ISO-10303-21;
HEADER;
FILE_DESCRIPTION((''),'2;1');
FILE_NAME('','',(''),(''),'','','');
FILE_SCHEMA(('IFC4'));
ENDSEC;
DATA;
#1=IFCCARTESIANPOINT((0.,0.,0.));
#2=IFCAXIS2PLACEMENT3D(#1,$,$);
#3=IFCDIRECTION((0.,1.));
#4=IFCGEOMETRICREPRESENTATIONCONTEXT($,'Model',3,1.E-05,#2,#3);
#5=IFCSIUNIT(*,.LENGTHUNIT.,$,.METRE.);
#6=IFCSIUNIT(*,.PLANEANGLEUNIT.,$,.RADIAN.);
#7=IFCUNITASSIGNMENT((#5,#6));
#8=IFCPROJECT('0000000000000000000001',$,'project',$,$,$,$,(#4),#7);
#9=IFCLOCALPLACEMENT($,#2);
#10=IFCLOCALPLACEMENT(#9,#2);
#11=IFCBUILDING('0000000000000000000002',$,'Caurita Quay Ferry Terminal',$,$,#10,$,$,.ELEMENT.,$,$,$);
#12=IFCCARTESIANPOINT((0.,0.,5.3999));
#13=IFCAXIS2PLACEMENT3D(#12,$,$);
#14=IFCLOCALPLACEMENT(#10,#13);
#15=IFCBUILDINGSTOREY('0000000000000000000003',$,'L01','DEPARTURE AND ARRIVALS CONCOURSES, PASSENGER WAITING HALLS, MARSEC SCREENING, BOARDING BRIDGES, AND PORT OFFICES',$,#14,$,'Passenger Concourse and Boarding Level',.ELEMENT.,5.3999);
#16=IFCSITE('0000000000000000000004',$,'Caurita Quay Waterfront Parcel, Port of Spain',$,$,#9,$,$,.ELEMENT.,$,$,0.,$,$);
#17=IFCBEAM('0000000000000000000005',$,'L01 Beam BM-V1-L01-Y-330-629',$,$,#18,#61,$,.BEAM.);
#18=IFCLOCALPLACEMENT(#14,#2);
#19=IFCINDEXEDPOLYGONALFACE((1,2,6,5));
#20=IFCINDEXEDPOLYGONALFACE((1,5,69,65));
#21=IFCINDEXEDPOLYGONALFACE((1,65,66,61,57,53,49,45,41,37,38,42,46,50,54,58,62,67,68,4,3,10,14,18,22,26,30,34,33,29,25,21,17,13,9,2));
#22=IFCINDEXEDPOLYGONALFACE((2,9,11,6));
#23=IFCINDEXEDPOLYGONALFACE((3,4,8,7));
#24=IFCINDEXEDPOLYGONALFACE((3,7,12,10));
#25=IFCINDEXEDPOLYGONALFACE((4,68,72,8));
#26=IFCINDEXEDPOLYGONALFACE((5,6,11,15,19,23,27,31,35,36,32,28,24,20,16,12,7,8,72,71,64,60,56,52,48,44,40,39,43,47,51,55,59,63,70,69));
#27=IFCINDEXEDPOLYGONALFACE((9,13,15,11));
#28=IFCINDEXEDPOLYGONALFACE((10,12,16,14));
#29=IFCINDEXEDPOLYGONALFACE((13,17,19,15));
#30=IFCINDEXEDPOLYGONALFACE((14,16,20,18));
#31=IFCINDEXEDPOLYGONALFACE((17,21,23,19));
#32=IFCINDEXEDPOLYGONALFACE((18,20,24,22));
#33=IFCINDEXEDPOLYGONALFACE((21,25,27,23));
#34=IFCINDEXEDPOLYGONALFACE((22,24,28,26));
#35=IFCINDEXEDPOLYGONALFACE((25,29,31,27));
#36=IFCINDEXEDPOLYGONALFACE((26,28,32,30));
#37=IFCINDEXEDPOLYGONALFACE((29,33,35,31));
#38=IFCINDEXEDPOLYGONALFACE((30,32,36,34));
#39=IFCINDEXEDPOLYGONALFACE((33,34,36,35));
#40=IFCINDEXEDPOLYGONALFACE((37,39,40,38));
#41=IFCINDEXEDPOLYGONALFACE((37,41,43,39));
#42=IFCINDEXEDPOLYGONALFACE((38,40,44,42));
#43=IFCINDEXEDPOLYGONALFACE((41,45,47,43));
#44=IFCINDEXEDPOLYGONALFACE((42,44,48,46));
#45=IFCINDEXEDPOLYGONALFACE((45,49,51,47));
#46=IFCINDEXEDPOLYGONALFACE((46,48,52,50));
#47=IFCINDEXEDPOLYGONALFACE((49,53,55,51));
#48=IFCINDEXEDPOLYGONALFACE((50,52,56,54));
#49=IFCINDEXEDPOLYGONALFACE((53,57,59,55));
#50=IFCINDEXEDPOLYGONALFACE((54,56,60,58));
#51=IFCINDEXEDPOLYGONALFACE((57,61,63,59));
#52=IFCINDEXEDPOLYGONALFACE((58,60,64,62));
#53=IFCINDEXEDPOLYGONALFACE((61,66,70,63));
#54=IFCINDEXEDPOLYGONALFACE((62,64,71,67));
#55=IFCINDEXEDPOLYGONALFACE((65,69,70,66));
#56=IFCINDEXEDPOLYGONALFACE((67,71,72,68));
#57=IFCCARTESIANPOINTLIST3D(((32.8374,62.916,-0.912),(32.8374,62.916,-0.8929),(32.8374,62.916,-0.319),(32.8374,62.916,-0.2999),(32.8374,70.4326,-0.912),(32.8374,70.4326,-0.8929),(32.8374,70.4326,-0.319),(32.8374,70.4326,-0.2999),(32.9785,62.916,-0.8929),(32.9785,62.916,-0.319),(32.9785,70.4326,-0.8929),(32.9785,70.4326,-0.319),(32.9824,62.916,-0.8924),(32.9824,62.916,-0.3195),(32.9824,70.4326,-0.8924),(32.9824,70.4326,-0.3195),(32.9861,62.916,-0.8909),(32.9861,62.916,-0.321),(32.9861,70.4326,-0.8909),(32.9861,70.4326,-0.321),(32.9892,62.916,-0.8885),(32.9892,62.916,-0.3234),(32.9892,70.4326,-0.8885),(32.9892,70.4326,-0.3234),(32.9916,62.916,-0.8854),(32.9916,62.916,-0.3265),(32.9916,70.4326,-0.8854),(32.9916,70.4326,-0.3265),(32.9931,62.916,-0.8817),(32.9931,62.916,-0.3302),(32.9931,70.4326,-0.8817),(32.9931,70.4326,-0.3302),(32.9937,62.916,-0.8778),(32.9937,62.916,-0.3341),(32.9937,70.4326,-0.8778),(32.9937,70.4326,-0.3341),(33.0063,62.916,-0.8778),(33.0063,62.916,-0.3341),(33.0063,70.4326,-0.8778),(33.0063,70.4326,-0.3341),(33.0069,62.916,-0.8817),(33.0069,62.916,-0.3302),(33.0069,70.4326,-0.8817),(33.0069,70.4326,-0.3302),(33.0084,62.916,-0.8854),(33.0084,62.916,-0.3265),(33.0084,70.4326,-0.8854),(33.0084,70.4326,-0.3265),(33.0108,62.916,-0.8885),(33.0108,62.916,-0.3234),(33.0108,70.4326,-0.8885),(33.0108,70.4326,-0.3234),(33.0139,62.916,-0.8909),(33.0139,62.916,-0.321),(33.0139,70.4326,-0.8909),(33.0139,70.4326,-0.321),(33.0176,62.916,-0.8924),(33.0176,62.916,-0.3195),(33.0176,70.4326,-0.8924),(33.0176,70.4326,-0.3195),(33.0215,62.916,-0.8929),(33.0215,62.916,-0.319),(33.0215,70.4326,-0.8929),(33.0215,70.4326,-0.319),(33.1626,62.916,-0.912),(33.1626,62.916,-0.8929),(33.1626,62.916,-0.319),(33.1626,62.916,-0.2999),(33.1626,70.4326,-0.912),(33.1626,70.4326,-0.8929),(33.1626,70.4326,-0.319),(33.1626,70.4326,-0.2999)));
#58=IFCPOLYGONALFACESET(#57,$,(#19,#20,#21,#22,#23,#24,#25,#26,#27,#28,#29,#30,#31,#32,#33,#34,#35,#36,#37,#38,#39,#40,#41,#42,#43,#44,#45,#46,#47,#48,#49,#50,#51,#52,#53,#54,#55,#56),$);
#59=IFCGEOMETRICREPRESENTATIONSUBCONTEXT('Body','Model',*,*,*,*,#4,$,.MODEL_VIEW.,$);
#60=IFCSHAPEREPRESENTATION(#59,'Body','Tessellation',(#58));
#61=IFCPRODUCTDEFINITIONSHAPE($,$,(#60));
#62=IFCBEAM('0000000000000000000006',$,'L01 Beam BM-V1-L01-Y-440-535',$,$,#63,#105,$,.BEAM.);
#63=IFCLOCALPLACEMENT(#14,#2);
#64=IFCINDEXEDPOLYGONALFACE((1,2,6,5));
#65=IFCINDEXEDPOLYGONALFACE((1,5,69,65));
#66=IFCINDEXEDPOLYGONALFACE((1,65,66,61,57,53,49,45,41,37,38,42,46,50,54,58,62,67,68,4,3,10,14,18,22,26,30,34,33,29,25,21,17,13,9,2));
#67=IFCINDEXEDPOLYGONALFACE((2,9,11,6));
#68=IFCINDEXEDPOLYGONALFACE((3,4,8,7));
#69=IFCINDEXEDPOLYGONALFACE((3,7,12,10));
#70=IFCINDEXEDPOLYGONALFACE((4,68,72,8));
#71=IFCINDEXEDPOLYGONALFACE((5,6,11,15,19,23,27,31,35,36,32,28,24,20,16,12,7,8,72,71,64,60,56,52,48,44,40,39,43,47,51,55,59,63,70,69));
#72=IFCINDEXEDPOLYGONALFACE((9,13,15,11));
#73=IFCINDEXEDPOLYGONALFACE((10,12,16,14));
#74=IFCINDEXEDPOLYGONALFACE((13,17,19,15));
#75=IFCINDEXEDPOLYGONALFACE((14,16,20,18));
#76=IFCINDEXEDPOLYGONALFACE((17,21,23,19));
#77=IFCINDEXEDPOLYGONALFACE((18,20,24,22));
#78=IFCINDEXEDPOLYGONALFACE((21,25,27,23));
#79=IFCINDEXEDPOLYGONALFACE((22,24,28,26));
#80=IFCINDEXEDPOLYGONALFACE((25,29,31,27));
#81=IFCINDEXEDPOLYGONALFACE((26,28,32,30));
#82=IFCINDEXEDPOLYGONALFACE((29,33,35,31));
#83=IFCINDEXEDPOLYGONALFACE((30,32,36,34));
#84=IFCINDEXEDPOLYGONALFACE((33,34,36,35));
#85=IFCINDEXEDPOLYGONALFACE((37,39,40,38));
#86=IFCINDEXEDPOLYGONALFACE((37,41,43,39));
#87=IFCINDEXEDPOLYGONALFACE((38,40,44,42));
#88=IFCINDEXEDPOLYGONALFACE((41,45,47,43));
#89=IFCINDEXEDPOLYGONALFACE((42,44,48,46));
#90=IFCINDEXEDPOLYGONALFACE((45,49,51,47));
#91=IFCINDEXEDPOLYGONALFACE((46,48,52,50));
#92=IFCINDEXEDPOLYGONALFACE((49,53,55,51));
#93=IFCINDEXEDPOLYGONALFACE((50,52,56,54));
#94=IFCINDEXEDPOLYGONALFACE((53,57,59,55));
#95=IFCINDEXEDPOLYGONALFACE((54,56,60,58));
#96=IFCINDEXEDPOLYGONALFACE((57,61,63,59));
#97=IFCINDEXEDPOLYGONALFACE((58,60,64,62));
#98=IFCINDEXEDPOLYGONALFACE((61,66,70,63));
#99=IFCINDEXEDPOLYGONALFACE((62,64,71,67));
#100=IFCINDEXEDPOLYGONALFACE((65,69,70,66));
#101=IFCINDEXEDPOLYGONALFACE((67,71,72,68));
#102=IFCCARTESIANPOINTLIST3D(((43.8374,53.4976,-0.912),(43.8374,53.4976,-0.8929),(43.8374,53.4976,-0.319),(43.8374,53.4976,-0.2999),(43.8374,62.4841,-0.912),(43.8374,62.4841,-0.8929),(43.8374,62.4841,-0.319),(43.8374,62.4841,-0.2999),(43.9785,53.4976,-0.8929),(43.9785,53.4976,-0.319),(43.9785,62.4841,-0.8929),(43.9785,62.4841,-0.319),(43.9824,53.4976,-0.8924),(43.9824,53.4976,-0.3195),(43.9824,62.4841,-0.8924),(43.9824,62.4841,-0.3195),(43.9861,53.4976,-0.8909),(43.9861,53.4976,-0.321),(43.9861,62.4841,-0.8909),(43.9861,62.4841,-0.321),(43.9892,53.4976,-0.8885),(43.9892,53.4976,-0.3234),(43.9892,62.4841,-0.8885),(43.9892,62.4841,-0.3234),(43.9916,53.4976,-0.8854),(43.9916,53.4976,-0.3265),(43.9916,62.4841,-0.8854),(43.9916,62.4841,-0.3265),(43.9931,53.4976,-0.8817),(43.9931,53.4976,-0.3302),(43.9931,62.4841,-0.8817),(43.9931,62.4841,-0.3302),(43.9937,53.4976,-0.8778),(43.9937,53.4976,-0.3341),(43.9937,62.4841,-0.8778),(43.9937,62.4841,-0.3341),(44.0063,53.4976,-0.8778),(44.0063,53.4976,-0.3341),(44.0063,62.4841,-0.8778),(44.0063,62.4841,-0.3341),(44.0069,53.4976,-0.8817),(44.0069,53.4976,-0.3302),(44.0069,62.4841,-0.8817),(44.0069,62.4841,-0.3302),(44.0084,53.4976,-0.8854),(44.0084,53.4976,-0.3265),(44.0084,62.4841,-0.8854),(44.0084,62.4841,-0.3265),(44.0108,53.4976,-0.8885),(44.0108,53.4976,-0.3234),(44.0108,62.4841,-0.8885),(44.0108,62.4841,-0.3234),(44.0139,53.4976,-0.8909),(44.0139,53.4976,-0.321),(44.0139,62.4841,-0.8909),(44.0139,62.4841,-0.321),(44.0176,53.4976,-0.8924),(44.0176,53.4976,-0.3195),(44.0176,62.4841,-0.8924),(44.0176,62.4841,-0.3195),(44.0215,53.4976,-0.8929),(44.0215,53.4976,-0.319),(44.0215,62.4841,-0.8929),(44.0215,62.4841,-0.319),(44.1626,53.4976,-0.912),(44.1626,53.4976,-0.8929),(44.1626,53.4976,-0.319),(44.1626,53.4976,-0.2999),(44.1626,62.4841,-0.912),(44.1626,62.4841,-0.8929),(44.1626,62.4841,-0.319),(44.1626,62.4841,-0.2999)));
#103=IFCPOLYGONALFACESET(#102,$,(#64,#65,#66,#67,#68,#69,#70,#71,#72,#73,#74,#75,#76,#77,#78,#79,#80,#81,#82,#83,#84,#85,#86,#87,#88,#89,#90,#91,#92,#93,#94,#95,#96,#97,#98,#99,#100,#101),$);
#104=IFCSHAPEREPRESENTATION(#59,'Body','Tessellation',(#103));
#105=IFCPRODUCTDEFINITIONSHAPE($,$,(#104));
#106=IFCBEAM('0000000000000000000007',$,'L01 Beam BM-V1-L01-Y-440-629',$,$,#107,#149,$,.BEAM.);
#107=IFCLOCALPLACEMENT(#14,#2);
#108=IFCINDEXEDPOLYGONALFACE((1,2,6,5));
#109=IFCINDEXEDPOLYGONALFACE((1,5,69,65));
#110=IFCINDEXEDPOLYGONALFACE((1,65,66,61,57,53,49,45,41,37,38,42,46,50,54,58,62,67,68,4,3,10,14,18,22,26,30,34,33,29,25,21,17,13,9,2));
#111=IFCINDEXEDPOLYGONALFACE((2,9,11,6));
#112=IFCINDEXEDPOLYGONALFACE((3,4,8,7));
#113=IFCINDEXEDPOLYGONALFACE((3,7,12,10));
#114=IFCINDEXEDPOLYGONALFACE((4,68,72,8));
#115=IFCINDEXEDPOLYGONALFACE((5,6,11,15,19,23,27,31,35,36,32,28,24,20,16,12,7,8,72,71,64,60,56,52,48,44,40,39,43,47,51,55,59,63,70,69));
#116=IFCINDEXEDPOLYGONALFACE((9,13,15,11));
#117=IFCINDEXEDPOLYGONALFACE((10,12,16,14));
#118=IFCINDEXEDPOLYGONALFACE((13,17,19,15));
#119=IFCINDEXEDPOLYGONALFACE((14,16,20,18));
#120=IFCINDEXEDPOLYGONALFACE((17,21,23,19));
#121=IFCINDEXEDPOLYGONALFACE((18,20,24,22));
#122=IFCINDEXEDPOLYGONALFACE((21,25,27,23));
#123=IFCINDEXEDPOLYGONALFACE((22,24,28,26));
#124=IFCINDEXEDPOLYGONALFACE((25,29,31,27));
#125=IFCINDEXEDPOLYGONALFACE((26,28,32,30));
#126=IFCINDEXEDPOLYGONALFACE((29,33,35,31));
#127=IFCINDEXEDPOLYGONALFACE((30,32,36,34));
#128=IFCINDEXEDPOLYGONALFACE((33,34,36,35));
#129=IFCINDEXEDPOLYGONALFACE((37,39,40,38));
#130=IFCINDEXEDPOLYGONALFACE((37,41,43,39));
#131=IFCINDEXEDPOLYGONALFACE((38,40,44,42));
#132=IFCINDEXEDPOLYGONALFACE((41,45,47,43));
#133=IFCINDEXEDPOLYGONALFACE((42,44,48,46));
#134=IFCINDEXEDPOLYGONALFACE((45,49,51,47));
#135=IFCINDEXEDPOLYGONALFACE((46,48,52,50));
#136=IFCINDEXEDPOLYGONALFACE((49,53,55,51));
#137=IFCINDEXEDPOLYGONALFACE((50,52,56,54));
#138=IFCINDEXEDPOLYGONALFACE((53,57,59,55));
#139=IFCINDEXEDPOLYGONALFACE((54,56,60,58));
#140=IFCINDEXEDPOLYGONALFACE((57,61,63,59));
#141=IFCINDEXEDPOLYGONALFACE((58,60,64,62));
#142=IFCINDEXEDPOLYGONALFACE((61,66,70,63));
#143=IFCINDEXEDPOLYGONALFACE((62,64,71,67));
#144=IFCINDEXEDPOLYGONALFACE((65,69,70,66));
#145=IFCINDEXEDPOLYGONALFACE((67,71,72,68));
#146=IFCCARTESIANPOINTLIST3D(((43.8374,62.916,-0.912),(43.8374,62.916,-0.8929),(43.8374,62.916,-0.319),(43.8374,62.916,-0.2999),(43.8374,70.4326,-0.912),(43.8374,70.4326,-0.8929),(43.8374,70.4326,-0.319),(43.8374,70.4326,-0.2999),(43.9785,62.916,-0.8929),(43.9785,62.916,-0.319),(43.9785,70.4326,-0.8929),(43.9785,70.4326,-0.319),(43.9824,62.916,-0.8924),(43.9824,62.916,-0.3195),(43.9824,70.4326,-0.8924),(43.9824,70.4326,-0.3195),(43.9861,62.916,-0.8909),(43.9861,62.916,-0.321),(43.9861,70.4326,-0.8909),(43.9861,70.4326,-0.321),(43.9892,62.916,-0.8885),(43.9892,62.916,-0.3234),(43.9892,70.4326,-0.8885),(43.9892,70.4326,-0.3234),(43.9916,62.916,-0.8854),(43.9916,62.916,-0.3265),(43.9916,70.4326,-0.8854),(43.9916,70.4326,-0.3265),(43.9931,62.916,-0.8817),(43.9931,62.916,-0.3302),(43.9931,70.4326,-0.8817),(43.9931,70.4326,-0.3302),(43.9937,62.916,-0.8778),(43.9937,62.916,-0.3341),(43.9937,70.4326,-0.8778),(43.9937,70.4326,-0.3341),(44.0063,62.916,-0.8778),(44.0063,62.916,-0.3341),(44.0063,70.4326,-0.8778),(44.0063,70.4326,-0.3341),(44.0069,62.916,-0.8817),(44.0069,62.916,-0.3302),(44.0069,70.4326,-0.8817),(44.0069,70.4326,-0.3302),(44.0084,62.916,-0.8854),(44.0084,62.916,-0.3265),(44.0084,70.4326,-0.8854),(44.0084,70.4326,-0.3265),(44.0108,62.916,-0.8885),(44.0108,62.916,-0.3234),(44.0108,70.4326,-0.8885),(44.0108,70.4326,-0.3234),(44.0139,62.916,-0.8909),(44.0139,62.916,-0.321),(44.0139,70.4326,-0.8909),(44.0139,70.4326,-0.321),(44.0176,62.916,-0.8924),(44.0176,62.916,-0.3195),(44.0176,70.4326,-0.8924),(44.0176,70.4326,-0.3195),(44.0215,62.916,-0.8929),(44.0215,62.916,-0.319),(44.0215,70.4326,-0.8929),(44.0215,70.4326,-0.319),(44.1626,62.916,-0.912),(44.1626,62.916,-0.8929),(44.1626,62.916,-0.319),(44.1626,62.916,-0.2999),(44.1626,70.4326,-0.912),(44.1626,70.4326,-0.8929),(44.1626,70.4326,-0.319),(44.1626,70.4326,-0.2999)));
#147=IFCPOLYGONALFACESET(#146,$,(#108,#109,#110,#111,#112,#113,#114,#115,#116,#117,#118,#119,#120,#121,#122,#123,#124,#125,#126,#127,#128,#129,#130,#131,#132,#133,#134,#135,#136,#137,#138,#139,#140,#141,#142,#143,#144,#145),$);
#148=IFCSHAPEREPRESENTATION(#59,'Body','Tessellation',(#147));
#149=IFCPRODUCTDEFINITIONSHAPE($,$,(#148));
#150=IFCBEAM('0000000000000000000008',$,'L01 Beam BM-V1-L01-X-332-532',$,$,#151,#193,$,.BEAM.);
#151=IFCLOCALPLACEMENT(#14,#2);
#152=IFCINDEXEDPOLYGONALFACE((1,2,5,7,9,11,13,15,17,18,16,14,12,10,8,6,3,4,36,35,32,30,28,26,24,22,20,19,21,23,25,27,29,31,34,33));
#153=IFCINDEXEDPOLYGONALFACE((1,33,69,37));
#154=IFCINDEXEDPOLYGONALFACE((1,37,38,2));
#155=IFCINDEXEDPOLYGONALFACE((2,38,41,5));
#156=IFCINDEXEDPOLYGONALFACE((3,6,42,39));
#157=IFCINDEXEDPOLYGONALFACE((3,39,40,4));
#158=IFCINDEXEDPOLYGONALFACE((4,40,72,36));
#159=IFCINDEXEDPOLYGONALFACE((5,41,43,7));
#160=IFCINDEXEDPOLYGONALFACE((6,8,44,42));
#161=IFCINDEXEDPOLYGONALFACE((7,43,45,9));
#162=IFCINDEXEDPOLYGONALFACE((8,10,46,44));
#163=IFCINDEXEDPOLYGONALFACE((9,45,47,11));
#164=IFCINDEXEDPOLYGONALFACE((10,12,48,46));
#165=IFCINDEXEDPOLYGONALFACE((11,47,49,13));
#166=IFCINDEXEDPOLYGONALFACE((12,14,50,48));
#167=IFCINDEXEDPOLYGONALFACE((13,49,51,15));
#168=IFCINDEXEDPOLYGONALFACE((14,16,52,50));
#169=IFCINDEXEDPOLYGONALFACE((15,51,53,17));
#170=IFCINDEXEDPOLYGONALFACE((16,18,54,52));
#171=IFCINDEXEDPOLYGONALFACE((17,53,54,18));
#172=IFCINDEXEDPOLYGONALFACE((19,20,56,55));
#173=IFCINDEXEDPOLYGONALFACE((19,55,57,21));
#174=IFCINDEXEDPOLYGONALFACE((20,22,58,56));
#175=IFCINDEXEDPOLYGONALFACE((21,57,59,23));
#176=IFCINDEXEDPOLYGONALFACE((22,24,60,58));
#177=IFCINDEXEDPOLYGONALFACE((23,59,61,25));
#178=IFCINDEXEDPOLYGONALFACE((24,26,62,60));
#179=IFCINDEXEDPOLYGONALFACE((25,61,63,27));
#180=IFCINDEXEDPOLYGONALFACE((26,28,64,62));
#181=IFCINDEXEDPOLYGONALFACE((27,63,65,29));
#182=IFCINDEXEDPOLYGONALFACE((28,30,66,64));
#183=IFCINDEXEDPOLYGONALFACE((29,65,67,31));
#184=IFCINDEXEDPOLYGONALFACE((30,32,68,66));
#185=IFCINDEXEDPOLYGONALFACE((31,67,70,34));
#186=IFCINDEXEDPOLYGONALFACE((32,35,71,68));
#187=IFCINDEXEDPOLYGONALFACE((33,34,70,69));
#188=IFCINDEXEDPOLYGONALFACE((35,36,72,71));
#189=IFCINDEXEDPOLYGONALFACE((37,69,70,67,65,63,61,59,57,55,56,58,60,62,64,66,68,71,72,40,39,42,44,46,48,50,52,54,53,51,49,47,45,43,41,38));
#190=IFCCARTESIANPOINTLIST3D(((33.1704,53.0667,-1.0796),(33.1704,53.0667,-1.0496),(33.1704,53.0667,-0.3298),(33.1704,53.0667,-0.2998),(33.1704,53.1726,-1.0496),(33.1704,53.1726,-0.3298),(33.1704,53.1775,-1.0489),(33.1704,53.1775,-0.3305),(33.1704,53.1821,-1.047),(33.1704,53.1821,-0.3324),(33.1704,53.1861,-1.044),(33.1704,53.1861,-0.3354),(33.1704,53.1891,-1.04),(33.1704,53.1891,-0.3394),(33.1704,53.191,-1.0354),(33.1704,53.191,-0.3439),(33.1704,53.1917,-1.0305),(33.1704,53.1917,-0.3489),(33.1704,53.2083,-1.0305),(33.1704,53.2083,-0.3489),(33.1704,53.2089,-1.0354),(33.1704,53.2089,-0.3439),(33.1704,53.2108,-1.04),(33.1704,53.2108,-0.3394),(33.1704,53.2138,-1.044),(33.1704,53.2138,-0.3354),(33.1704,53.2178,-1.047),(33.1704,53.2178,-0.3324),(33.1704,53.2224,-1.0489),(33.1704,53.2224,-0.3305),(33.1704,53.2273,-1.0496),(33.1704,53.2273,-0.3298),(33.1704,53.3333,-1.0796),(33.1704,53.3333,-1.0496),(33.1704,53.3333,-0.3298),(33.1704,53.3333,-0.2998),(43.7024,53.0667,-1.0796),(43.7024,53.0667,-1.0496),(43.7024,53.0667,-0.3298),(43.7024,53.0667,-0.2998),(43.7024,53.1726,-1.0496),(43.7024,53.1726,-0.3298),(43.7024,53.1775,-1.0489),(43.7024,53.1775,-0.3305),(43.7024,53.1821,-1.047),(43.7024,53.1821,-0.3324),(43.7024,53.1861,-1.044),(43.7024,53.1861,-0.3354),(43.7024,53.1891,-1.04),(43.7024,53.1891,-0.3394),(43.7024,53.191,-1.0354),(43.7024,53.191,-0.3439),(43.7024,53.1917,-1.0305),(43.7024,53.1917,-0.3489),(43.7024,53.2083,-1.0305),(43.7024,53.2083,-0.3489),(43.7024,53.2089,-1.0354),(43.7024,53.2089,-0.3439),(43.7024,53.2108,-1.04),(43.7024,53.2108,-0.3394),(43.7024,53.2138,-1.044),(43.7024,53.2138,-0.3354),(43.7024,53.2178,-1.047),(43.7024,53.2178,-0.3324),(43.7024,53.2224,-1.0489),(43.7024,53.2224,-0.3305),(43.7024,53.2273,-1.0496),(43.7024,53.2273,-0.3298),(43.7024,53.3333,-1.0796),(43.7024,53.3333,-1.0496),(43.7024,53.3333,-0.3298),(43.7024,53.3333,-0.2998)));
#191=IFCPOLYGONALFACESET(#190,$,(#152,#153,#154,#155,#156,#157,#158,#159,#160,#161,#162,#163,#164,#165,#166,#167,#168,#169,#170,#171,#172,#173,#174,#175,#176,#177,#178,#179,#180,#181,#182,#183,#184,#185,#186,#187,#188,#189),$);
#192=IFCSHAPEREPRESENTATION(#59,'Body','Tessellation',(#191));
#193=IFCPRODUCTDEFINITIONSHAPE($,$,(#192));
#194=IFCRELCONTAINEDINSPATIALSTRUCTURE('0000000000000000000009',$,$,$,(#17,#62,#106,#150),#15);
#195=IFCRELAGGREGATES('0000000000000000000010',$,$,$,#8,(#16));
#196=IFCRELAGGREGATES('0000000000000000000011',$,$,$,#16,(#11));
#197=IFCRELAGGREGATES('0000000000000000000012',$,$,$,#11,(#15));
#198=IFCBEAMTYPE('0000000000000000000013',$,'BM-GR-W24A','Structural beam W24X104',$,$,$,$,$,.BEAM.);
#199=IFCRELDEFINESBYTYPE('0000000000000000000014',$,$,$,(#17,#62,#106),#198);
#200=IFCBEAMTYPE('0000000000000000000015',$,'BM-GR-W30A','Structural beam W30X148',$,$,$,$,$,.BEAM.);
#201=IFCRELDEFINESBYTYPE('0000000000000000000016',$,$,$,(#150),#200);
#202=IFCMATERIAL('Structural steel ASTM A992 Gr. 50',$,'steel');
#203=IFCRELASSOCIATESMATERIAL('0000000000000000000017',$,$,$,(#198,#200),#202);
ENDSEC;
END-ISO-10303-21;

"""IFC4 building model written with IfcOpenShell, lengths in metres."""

from ifc_helpers import new_model, si_unit, direction, frame, origin, origin_2d, place, context, subcontext, project, spatial, i_section, extrude, material, material_profile, profile_set, type_object, element, save


model = new_model("IFC4")

# Units and contexts
model_context = context("Model", 3, precision=1e-05, world=origin(), true_north=direction((0.0, 1.0)))
body_context = subcontext(model_context, "Body", "Model", "MODEL_VIEW")
ifc_project = project(units=[si_unit("LENGTHUNIT", "METRE"), si_unit("PLANEANGLEUNIT", "RADIAN")], contexts=[model_context])

# Site, building, storey
site_placement = place(None, origin())
site = spatial("IfcSite", under=ifc_project, at=site_placement, Name="Caurita Quay Waterfront Parcel, Port of Spain", CompositionType="ELEMENT", RefElevation=0.0)
building_placement = place(site_placement, origin())
building = spatial("IfcBuilding", under=site, at=building_placement, Name="Caurita Quay Ferry Terminal", CompositionType="ELEMENT")
storey_placement = place(building_placement, frame((0.0, 0.0, 5.3999)))
storey = spatial("IfcBuildingStorey", under=building, at=storey_placement, Name="L01", Description="DEPARTURE AND ARRIVALS CONCOURSES, PASSENGER WAITING HALLS, MARSEC SCREENING, BOARDING BRIDGES, AND PORT OFFICES", LongName="Passenger Concourse and Boarding Level", CompositionType="ELEMENT", Elevation=5.3999)

# Beams
ifc_material_1 = material(Name="Structural steel ASTM A992 Gr. 50", Category="steel")
ifc_material_profile_1 = material_profile(ifc_material_1, i_section(OverallWidth=0.3252, OverallDepth=0.6121, WebThickness=0.0127, FlangeThickness=0.019, FilletRadius=0.0151, at=origin_2d()), Name="W24X104")
ifc_profile_set_1 = profile_set([ifc_material_profile_1], Name="Structural steel ASTM A992 Gr. 50")
beam_type_1 = type_object("IfcBeamType", Name="BM-GR-W24A", Description="Structural beam W24X104", PredefinedType="BEAM", material=ifc_profile_set_1)
beam_1_placement = place(storey_placement, frame((33.0, 62.916, -0.606), z_axis=(0.0, 1.0, 0.0), x_axis=(-1.0, 0.0, 0.0)))
element("IfcBeam", 1, at=beam_1_placement, inside=storey, type_object=beam_type_1, Name="L01 Beam BM-V1-L01-Y-330-629", PredefinedType="BEAM", context=body_context, shape_type="SweptSolid", body=[
    extrude(i_section(OverallWidth=0.3252, OverallDepth=0.6121, WebThickness=0.0127, FlangeThickness=0.019, FilletRadius=0.0151, at=origin_2d()), origin(), (0.0, 0.0, 1.0), 7.5166),
])
beam_2_placement = place(storey_placement, frame((44.0, 53.4976, -0.606), z_axis=(0.0, 1.0, 0.0), x_axis=(-1.0, 0.0, 0.0)))
element("IfcBeam", 2, at=beam_2_placement, inside=storey, type_object=beam_type_1, Name="L01 Beam BM-V1-L01-Y-440-535", PredefinedType="BEAM", context=body_context, shape_type="SweptSolid", body=[
    extrude(i_section(OverallWidth=0.3252, OverallDepth=0.6121, WebThickness=0.0127, FlangeThickness=0.019, FilletRadius=0.0151, at=origin_2d()), origin(), (0.0, 0.0, 1.0), 8.9866),
])
beam_3_placement = place(storey_placement, frame((44.0, 62.916, -0.606), z_axis=(0.0, 1.0, 0.0), x_axis=(-1.0, 0.0, 0.0)))
element("IfcBeam", 3, at=beam_3_placement, inside=storey, type_object=beam_type_1, Name="L01 Beam BM-V1-L01-Y-440-629", PredefinedType="BEAM", context=body_context, shape_type="SweptSolid", body=[
    extrude(i_section(OverallWidth=0.3252, OverallDepth=0.6121, WebThickness=0.0127, FlangeThickness=0.019, FilletRadius=0.0151, at=origin_2d()), origin(), (0.0, 0.0, 1.0), 7.5166),
])
ifc_material_profile_2 = material_profile(ifc_material_1, i_section(OverallWidth=0.2666, OverallDepth=0.7798, WebThickness=0.0166, FlangeThickness=0.03, FilletRadius=0.019, at=origin_2d()), Name="W30X148")
ifc_profile_set_2 = profile_set([ifc_material_profile_2], Name="Structural steel ASTM A992 Gr. 50")
beam_type_2 = type_object("IfcBeamType", Name="BM-GR-W30A", Description="Structural beam W30X148", PredefinedType="BEAM", material=ifc_profile_set_2)
for number, where, z_axis, x_axis, name in (
    (4, (33.1704, 53.2, -0.6897), (1.0, 0.0, 0.0), (0.0, 1.0, 0.0), "L01 Beam BM-V1-L01-X-332-532"),
):
    element("IfcBeam", number, at=place(storey_placement, frame(where, z_axis=z_axis, x_axis=x_axis)), inside=storey, type_object=beam_type_2, Name=name, PredefinedType="BEAM", context=body_context, shape_type="SweptSolid", body=[
        extrude(i_section(OverallWidth=0.2666, OverallDepth=0.7798, WebThickness=0.0166, FlangeThickness=0.03, FilletRadius=0.019, at=origin_2d()), origin(), (0.0, 0.0, 1.0), 10.532),
    ])

save(model, "model.ifc")
